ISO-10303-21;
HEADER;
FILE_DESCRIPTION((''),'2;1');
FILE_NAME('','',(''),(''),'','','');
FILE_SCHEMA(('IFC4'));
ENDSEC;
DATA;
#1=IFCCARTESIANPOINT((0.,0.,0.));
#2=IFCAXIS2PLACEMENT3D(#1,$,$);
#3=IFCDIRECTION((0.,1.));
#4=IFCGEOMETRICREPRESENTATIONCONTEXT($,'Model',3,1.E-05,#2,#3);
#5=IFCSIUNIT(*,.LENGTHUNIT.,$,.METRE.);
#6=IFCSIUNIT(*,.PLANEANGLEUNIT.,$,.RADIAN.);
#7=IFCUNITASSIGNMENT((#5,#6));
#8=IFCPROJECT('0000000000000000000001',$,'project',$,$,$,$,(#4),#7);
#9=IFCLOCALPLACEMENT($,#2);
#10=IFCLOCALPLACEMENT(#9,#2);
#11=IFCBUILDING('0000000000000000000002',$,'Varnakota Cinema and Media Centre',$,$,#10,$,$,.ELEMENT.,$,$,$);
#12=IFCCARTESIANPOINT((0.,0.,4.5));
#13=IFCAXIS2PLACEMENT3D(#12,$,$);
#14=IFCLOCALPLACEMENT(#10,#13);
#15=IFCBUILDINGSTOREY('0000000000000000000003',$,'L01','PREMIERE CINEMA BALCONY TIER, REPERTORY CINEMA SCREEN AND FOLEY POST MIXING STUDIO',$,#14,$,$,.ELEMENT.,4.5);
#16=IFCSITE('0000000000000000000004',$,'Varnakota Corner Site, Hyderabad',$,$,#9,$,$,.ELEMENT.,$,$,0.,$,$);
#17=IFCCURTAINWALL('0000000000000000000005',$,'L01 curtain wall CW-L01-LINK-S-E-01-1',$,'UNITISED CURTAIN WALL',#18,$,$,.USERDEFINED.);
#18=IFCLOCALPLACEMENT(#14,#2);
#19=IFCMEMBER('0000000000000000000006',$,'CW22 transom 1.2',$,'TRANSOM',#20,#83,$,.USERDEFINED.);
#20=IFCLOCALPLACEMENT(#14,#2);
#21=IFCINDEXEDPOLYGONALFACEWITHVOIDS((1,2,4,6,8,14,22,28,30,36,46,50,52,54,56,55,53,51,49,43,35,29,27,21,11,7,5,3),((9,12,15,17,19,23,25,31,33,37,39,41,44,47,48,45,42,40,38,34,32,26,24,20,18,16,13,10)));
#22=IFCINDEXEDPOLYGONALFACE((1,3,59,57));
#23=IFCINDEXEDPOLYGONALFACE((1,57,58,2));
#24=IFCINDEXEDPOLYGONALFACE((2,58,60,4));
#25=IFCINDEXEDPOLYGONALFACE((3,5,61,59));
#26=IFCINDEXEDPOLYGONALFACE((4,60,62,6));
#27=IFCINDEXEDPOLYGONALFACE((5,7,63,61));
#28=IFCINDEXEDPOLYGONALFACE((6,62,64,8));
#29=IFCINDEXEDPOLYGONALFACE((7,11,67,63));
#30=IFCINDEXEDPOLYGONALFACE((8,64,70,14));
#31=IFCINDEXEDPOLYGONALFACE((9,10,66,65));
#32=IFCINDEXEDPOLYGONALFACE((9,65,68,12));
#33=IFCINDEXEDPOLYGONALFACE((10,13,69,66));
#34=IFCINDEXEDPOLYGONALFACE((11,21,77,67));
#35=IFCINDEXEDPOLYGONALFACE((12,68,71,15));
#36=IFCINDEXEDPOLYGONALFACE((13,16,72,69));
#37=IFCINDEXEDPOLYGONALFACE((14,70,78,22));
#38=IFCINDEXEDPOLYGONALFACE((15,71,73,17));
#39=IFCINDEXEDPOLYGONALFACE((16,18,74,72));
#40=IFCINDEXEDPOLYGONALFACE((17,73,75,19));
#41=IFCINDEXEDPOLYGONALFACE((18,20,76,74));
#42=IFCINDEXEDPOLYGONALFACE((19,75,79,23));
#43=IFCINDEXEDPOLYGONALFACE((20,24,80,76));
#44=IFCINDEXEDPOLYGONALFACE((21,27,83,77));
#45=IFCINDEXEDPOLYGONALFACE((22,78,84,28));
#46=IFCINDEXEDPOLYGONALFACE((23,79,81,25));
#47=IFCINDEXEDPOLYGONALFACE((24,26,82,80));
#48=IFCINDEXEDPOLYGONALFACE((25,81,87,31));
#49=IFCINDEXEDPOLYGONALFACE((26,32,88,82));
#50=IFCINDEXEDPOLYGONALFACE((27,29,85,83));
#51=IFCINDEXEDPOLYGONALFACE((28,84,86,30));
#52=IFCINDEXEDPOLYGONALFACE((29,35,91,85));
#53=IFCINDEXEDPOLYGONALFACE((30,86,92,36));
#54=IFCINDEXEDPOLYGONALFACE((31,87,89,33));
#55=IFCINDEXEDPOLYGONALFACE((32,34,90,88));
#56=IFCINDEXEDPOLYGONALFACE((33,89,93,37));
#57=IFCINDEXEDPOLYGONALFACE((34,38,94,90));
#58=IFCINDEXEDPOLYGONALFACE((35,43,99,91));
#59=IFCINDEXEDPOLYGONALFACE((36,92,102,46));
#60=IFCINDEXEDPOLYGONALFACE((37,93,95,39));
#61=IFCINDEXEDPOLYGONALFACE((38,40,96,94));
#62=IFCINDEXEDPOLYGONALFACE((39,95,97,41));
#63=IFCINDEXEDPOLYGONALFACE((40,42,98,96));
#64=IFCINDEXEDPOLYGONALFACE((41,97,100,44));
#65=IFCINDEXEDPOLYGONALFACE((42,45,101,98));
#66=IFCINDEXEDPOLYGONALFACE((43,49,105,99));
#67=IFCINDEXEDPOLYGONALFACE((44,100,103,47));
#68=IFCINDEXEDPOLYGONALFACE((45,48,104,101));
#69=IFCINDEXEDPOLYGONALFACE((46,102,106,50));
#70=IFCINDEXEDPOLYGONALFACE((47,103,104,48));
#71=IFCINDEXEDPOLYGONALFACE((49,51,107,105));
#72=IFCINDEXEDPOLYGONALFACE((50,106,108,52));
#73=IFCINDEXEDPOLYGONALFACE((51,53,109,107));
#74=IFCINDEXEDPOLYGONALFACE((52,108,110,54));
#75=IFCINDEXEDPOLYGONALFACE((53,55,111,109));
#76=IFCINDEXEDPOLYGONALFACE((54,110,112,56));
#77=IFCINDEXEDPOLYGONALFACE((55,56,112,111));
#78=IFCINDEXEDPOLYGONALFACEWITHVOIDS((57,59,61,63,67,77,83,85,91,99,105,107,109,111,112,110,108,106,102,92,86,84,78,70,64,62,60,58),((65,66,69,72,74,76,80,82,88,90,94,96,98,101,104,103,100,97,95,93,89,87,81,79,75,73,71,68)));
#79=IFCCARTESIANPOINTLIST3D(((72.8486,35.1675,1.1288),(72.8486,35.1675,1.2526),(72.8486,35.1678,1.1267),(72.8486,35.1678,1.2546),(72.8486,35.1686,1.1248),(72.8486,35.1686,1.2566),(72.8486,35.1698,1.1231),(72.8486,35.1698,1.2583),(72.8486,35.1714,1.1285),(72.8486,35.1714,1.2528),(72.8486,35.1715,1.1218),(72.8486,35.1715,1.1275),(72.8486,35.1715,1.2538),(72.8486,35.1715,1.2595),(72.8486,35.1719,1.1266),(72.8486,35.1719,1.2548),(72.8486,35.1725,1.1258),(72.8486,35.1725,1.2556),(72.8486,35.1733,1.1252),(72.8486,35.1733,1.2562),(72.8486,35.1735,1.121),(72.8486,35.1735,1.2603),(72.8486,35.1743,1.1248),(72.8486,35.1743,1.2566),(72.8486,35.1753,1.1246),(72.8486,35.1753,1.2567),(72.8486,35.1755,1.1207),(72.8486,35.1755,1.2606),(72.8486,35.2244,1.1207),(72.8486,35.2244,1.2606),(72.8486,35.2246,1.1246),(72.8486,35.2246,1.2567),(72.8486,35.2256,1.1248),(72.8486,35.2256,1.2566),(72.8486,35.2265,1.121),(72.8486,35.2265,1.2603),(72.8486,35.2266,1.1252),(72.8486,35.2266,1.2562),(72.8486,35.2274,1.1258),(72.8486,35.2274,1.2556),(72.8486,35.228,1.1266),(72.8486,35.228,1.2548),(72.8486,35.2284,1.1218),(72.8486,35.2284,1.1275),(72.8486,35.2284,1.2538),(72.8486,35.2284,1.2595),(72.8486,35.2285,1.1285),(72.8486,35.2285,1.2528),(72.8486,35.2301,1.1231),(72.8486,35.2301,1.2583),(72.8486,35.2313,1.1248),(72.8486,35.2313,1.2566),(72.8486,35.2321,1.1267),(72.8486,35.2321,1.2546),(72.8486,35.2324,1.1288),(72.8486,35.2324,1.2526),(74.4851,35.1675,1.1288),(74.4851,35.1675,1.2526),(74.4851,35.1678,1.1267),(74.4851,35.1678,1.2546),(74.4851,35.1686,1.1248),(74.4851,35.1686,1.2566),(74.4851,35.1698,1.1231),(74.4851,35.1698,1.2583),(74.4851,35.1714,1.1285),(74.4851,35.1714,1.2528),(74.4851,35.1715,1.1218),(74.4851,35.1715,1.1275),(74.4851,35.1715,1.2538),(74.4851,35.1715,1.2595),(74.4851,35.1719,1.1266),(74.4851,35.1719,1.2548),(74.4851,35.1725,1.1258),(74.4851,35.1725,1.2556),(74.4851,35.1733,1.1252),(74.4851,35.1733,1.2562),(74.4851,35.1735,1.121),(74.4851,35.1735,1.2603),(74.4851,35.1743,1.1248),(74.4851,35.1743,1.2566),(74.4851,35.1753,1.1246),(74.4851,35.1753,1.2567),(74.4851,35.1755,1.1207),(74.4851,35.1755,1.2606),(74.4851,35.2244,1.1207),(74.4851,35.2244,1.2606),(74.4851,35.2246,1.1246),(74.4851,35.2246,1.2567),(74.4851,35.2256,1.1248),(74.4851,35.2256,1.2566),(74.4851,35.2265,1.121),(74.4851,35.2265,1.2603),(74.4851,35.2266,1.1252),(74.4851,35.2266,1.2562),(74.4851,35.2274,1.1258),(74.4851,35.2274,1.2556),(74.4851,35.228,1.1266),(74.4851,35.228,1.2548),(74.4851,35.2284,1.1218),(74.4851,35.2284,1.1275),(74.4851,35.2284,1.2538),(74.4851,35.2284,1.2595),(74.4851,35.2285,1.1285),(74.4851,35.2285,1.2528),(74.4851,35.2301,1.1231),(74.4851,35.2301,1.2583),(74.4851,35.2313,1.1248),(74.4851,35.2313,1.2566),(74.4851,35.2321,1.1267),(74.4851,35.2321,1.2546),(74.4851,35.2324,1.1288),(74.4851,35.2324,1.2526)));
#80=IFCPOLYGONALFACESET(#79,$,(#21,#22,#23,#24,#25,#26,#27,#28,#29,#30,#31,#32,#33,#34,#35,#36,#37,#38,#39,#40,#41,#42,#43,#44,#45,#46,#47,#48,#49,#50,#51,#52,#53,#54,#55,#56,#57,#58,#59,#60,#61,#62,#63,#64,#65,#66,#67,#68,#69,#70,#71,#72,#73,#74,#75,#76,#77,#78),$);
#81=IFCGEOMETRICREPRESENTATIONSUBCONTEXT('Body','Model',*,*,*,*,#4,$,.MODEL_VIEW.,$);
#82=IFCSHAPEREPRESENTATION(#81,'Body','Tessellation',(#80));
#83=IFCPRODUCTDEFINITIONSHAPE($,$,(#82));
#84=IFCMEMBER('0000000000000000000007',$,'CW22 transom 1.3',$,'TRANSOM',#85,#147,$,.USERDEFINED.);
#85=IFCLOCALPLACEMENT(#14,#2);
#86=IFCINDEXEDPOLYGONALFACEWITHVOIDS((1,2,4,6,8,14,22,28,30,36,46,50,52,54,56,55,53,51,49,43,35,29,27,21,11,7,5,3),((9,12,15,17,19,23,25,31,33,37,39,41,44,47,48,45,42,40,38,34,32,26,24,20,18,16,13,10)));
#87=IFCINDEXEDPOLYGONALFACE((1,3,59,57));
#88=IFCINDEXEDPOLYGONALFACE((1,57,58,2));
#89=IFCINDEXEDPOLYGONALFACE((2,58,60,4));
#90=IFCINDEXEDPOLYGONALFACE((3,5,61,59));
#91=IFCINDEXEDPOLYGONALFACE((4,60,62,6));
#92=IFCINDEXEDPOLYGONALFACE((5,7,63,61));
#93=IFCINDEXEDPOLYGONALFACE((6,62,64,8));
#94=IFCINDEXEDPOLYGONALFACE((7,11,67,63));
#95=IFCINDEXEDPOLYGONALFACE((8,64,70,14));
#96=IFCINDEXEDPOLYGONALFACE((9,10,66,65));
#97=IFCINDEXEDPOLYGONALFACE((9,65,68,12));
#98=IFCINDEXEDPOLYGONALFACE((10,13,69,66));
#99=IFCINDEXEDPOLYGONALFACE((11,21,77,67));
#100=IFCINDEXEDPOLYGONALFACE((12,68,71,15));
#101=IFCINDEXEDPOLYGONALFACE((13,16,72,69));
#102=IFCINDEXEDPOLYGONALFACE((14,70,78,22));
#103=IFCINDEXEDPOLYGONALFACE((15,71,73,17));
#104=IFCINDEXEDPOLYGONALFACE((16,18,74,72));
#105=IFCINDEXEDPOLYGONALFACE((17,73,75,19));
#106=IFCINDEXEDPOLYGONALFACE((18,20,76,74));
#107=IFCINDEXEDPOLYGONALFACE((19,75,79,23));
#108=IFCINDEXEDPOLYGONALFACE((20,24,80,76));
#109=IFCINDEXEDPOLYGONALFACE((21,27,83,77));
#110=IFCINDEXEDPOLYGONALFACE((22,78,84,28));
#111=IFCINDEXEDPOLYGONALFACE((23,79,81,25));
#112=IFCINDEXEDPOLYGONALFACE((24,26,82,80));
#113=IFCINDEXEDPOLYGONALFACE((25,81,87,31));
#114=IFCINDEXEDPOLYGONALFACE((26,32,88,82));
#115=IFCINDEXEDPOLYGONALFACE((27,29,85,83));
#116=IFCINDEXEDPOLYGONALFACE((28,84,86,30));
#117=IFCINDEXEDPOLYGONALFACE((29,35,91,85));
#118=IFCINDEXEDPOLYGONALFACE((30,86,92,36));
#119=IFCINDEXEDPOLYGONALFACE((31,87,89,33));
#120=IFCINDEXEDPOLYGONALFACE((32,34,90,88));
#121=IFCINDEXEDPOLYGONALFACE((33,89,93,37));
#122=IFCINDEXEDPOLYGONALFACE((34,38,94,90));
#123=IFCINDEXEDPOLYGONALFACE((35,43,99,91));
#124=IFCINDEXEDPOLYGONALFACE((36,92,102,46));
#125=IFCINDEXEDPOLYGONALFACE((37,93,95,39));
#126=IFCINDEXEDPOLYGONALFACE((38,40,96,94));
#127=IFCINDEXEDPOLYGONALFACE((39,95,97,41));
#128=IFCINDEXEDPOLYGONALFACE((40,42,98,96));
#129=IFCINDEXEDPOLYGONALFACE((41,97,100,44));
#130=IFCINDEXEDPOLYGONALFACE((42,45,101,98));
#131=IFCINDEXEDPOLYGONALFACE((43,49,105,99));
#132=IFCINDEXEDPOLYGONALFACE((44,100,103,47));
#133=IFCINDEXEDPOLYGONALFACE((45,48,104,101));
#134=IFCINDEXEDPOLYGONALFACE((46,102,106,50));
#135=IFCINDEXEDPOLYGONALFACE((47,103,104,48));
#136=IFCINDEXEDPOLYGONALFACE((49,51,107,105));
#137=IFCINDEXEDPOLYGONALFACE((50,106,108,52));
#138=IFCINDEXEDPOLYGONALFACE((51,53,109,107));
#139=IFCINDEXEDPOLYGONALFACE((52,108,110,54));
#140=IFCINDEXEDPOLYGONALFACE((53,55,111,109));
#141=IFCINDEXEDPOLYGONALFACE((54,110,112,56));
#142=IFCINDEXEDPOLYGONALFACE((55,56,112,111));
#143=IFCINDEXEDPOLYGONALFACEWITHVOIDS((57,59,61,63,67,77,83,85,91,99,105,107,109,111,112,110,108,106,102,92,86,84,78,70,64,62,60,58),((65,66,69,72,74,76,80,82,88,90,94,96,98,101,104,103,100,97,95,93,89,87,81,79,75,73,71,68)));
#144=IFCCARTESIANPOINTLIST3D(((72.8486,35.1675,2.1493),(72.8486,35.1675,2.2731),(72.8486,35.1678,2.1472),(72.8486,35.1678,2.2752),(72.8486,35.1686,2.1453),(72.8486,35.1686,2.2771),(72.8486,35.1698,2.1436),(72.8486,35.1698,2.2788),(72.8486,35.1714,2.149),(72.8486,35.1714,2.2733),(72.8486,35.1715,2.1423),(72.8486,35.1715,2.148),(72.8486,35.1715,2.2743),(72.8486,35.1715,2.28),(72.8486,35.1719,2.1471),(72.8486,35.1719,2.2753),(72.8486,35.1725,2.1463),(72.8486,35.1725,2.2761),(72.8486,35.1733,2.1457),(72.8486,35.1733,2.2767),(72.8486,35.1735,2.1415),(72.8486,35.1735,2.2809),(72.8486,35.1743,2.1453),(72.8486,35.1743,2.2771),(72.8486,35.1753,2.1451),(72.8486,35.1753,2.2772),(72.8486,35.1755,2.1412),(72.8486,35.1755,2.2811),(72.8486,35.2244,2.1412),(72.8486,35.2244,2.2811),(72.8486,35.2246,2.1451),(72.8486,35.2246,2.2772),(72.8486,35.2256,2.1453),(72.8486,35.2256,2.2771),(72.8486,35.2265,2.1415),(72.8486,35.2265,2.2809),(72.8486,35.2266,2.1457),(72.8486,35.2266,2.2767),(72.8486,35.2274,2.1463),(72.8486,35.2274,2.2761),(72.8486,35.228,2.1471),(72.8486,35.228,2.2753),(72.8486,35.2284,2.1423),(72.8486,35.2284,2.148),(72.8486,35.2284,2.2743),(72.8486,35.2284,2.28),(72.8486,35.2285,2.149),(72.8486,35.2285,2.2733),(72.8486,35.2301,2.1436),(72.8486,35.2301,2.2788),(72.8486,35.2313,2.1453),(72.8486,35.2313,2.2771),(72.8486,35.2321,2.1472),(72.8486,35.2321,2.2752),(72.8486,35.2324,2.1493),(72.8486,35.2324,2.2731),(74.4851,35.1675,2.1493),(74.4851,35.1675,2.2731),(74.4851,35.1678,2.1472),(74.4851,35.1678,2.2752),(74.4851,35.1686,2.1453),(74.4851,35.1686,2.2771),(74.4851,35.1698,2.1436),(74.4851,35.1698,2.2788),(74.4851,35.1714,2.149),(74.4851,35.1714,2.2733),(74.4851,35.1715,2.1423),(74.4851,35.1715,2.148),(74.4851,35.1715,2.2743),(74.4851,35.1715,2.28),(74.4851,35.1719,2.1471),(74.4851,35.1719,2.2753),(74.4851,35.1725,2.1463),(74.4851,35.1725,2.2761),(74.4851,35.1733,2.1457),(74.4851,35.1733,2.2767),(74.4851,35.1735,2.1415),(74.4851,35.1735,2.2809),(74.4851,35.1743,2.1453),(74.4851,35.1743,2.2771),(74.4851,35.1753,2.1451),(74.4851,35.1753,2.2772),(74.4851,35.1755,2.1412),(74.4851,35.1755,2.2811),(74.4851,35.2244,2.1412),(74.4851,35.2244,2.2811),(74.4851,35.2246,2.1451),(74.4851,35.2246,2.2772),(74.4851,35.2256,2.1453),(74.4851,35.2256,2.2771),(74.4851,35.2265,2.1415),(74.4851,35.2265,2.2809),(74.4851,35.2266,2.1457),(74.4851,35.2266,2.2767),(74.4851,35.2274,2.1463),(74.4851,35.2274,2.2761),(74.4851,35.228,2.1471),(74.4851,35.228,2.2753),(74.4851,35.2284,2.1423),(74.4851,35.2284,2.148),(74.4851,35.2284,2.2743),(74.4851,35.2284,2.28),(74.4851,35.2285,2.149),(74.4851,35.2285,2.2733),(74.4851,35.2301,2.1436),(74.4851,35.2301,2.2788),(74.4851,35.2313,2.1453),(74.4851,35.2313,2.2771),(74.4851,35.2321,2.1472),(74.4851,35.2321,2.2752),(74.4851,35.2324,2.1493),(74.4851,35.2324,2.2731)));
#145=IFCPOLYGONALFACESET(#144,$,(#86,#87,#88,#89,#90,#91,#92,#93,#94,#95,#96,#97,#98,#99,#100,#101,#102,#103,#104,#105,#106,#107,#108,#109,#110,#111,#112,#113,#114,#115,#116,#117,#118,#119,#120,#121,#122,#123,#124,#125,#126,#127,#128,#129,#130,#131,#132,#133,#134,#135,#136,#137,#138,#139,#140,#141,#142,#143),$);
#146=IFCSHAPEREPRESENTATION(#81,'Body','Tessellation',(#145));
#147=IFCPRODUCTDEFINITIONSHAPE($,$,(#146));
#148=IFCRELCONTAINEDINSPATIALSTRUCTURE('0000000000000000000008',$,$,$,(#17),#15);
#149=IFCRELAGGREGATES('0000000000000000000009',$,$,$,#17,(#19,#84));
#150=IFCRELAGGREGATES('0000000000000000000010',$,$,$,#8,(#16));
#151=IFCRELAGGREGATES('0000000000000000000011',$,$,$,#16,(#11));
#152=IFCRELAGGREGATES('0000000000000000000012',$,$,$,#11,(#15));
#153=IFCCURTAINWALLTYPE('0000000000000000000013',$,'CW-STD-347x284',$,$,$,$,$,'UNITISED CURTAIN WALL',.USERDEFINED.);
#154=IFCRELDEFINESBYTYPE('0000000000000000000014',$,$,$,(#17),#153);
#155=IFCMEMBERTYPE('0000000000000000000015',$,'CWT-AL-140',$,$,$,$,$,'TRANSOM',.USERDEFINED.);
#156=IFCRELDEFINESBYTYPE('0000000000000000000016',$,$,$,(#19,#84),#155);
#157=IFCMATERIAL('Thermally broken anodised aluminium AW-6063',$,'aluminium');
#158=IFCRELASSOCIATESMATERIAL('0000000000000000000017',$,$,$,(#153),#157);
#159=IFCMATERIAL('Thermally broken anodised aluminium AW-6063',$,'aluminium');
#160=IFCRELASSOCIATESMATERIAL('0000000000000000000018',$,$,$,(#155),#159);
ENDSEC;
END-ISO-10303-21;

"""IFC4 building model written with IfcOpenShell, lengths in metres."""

from ifc_helpers import new_model, si_unit, direction, frame, origin, origin_2d, place, context, subcontext, project, spatial, hollow_rectangle, extrude, material, material_profile, profile_set, type_object, element, aggregate, save


model = new_model("IFC4")

# Units and contexts
model_context = context("Model", 3, precision=1e-05, world=origin(), true_north=direction((0.0, 1.0)))
body_context = subcontext(model_context, "Body", "Model", "MODEL_VIEW")
ifc_project = project(units=[si_unit("LENGTHUNIT", "METRE"), si_unit("PLANEANGLEUNIT", "RADIAN")], contexts=[model_context])

# Site, building, storey
site_placement = place(None, origin())
site = spatial("IfcSite", under=ifc_project, at=site_placement, Name="Varnakota Corner Site, Hyderabad", CompositionType="ELEMENT", RefElevation=0.0)
building_placement = place(site_placement, origin())
building = spatial("IfcBuilding", under=site, at=building_placement, Name="Varnakota Cinema and Media Centre", CompositionType="ELEMENT")
storey_placement = place(building_placement, frame((0.0, 0.0, 4.5)))
storey = spatial("IfcBuildingStorey", under=building, at=storey_placement, Name="L01", Description="PREMIERE CINEMA BALCONY TIER, REPERTORY CINEMA SCREEN AND FOLEY POST MIXING STUDIO", CompositionType="ELEMENT", Elevation=4.5)

# Curtain wall
ifc_material_1 = material(Name="Thermally broken anodised aluminium AW-6063", Category="aluminium")
curtain_wall_type = type_object("IfcCurtainWallType", Name="CW-STD-347x284", ElementType="UNITISED CURTAIN WALL", PredefinedType="USERDEFINED", material=ifc_material_1)
curtain_wall_1_placement = place(storey_placement, origin())
curtain_wall_1 = element("IfcCurtainWall", 1, at=curtain_wall_1_placement, inside=storey, type_object=curtain_wall_type, Name="L01 curtain wall CW-L01-LINK-S-E-01-1", ObjectType="UNITISED CURTAIN WALL", PredefinedType="USERDEFINED")

# Members
ifc_material_2 = material(Name="Thermally broken anodised aluminium AW-6063", Category="aluminium")
ifc_material_profile_1 = material_profile(ifc_material_2, hollow_rectangle(XDim=0.0649, YDim=0.1399, WallThickness=0.0039, InnerFilletRadius=0.0039, OuterFilletRadius=0.0081, at=origin_2d()), Name="AL-TRANSOM 140x65x4")
ifc_profile_set_1 = profile_set([ifc_material_profile_1], Name="Thermally broken anodised aluminium AW-6063")
member_type_1 = type_object("IfcMemberType", Name="CWT-AL-140", ElementType="TRANSOM", PredefinedType="USERDEFINED", material=ifc_profile_set_1)
member_1_placement = place(storey_placement, frame((74.4851, 35.2, 1.1907), z_axis=(-1.0, 0.0, 0.0), x_axis=(0.0, -1.0, 0.0)))
member_1 = element("IfcMember", 2, at=member_1_placement, type_object=member_type_1, Name="CW22 transom 1.2", ObjectType="TRANSOM", PredefinedType="USERDEFINED", context=body_context, shape_type="SweptSolid", body=[
    extrude(hollow_rectangle(XDim=0.0649, YDim=0.1399, WallThickness=0.0039, InnerFilletRadius=0.0039, OuterFilletRadius=0.0081, at=origin_2d()), origin(), (0.0, 0.0, 1.0), 1.6365),
])
member_2_placement = place(storey_placement, frame((74.4851, 35.2, 2.2112), z_axis=(-1.0, 0.0, 0.0), x_axis=(0.0, -1.0, 0.0)))
member_2 = element("IfcMember", 3, at=member_2_placement, type_object=member_type_1, Name="CW22 transom 1.3", ObjectType="TRANSOM", PredefinedType="USERDEFINED", context=body_context, shape_type="SweptSolid", body=[
    extrude(hollow_rectangle(XDim=0.0649, YDim=0.1399, WallThickness=0.0039, InnerFilletRadius=0.0039, OuterFilletRadius=0.0081, at=origin_2d()), origin(), (0.0, 0.0, 1.0), 1.6365),
])

aggregate(curtain_wall_1, [member_1, member_2])

save(model, "model.ifc")
